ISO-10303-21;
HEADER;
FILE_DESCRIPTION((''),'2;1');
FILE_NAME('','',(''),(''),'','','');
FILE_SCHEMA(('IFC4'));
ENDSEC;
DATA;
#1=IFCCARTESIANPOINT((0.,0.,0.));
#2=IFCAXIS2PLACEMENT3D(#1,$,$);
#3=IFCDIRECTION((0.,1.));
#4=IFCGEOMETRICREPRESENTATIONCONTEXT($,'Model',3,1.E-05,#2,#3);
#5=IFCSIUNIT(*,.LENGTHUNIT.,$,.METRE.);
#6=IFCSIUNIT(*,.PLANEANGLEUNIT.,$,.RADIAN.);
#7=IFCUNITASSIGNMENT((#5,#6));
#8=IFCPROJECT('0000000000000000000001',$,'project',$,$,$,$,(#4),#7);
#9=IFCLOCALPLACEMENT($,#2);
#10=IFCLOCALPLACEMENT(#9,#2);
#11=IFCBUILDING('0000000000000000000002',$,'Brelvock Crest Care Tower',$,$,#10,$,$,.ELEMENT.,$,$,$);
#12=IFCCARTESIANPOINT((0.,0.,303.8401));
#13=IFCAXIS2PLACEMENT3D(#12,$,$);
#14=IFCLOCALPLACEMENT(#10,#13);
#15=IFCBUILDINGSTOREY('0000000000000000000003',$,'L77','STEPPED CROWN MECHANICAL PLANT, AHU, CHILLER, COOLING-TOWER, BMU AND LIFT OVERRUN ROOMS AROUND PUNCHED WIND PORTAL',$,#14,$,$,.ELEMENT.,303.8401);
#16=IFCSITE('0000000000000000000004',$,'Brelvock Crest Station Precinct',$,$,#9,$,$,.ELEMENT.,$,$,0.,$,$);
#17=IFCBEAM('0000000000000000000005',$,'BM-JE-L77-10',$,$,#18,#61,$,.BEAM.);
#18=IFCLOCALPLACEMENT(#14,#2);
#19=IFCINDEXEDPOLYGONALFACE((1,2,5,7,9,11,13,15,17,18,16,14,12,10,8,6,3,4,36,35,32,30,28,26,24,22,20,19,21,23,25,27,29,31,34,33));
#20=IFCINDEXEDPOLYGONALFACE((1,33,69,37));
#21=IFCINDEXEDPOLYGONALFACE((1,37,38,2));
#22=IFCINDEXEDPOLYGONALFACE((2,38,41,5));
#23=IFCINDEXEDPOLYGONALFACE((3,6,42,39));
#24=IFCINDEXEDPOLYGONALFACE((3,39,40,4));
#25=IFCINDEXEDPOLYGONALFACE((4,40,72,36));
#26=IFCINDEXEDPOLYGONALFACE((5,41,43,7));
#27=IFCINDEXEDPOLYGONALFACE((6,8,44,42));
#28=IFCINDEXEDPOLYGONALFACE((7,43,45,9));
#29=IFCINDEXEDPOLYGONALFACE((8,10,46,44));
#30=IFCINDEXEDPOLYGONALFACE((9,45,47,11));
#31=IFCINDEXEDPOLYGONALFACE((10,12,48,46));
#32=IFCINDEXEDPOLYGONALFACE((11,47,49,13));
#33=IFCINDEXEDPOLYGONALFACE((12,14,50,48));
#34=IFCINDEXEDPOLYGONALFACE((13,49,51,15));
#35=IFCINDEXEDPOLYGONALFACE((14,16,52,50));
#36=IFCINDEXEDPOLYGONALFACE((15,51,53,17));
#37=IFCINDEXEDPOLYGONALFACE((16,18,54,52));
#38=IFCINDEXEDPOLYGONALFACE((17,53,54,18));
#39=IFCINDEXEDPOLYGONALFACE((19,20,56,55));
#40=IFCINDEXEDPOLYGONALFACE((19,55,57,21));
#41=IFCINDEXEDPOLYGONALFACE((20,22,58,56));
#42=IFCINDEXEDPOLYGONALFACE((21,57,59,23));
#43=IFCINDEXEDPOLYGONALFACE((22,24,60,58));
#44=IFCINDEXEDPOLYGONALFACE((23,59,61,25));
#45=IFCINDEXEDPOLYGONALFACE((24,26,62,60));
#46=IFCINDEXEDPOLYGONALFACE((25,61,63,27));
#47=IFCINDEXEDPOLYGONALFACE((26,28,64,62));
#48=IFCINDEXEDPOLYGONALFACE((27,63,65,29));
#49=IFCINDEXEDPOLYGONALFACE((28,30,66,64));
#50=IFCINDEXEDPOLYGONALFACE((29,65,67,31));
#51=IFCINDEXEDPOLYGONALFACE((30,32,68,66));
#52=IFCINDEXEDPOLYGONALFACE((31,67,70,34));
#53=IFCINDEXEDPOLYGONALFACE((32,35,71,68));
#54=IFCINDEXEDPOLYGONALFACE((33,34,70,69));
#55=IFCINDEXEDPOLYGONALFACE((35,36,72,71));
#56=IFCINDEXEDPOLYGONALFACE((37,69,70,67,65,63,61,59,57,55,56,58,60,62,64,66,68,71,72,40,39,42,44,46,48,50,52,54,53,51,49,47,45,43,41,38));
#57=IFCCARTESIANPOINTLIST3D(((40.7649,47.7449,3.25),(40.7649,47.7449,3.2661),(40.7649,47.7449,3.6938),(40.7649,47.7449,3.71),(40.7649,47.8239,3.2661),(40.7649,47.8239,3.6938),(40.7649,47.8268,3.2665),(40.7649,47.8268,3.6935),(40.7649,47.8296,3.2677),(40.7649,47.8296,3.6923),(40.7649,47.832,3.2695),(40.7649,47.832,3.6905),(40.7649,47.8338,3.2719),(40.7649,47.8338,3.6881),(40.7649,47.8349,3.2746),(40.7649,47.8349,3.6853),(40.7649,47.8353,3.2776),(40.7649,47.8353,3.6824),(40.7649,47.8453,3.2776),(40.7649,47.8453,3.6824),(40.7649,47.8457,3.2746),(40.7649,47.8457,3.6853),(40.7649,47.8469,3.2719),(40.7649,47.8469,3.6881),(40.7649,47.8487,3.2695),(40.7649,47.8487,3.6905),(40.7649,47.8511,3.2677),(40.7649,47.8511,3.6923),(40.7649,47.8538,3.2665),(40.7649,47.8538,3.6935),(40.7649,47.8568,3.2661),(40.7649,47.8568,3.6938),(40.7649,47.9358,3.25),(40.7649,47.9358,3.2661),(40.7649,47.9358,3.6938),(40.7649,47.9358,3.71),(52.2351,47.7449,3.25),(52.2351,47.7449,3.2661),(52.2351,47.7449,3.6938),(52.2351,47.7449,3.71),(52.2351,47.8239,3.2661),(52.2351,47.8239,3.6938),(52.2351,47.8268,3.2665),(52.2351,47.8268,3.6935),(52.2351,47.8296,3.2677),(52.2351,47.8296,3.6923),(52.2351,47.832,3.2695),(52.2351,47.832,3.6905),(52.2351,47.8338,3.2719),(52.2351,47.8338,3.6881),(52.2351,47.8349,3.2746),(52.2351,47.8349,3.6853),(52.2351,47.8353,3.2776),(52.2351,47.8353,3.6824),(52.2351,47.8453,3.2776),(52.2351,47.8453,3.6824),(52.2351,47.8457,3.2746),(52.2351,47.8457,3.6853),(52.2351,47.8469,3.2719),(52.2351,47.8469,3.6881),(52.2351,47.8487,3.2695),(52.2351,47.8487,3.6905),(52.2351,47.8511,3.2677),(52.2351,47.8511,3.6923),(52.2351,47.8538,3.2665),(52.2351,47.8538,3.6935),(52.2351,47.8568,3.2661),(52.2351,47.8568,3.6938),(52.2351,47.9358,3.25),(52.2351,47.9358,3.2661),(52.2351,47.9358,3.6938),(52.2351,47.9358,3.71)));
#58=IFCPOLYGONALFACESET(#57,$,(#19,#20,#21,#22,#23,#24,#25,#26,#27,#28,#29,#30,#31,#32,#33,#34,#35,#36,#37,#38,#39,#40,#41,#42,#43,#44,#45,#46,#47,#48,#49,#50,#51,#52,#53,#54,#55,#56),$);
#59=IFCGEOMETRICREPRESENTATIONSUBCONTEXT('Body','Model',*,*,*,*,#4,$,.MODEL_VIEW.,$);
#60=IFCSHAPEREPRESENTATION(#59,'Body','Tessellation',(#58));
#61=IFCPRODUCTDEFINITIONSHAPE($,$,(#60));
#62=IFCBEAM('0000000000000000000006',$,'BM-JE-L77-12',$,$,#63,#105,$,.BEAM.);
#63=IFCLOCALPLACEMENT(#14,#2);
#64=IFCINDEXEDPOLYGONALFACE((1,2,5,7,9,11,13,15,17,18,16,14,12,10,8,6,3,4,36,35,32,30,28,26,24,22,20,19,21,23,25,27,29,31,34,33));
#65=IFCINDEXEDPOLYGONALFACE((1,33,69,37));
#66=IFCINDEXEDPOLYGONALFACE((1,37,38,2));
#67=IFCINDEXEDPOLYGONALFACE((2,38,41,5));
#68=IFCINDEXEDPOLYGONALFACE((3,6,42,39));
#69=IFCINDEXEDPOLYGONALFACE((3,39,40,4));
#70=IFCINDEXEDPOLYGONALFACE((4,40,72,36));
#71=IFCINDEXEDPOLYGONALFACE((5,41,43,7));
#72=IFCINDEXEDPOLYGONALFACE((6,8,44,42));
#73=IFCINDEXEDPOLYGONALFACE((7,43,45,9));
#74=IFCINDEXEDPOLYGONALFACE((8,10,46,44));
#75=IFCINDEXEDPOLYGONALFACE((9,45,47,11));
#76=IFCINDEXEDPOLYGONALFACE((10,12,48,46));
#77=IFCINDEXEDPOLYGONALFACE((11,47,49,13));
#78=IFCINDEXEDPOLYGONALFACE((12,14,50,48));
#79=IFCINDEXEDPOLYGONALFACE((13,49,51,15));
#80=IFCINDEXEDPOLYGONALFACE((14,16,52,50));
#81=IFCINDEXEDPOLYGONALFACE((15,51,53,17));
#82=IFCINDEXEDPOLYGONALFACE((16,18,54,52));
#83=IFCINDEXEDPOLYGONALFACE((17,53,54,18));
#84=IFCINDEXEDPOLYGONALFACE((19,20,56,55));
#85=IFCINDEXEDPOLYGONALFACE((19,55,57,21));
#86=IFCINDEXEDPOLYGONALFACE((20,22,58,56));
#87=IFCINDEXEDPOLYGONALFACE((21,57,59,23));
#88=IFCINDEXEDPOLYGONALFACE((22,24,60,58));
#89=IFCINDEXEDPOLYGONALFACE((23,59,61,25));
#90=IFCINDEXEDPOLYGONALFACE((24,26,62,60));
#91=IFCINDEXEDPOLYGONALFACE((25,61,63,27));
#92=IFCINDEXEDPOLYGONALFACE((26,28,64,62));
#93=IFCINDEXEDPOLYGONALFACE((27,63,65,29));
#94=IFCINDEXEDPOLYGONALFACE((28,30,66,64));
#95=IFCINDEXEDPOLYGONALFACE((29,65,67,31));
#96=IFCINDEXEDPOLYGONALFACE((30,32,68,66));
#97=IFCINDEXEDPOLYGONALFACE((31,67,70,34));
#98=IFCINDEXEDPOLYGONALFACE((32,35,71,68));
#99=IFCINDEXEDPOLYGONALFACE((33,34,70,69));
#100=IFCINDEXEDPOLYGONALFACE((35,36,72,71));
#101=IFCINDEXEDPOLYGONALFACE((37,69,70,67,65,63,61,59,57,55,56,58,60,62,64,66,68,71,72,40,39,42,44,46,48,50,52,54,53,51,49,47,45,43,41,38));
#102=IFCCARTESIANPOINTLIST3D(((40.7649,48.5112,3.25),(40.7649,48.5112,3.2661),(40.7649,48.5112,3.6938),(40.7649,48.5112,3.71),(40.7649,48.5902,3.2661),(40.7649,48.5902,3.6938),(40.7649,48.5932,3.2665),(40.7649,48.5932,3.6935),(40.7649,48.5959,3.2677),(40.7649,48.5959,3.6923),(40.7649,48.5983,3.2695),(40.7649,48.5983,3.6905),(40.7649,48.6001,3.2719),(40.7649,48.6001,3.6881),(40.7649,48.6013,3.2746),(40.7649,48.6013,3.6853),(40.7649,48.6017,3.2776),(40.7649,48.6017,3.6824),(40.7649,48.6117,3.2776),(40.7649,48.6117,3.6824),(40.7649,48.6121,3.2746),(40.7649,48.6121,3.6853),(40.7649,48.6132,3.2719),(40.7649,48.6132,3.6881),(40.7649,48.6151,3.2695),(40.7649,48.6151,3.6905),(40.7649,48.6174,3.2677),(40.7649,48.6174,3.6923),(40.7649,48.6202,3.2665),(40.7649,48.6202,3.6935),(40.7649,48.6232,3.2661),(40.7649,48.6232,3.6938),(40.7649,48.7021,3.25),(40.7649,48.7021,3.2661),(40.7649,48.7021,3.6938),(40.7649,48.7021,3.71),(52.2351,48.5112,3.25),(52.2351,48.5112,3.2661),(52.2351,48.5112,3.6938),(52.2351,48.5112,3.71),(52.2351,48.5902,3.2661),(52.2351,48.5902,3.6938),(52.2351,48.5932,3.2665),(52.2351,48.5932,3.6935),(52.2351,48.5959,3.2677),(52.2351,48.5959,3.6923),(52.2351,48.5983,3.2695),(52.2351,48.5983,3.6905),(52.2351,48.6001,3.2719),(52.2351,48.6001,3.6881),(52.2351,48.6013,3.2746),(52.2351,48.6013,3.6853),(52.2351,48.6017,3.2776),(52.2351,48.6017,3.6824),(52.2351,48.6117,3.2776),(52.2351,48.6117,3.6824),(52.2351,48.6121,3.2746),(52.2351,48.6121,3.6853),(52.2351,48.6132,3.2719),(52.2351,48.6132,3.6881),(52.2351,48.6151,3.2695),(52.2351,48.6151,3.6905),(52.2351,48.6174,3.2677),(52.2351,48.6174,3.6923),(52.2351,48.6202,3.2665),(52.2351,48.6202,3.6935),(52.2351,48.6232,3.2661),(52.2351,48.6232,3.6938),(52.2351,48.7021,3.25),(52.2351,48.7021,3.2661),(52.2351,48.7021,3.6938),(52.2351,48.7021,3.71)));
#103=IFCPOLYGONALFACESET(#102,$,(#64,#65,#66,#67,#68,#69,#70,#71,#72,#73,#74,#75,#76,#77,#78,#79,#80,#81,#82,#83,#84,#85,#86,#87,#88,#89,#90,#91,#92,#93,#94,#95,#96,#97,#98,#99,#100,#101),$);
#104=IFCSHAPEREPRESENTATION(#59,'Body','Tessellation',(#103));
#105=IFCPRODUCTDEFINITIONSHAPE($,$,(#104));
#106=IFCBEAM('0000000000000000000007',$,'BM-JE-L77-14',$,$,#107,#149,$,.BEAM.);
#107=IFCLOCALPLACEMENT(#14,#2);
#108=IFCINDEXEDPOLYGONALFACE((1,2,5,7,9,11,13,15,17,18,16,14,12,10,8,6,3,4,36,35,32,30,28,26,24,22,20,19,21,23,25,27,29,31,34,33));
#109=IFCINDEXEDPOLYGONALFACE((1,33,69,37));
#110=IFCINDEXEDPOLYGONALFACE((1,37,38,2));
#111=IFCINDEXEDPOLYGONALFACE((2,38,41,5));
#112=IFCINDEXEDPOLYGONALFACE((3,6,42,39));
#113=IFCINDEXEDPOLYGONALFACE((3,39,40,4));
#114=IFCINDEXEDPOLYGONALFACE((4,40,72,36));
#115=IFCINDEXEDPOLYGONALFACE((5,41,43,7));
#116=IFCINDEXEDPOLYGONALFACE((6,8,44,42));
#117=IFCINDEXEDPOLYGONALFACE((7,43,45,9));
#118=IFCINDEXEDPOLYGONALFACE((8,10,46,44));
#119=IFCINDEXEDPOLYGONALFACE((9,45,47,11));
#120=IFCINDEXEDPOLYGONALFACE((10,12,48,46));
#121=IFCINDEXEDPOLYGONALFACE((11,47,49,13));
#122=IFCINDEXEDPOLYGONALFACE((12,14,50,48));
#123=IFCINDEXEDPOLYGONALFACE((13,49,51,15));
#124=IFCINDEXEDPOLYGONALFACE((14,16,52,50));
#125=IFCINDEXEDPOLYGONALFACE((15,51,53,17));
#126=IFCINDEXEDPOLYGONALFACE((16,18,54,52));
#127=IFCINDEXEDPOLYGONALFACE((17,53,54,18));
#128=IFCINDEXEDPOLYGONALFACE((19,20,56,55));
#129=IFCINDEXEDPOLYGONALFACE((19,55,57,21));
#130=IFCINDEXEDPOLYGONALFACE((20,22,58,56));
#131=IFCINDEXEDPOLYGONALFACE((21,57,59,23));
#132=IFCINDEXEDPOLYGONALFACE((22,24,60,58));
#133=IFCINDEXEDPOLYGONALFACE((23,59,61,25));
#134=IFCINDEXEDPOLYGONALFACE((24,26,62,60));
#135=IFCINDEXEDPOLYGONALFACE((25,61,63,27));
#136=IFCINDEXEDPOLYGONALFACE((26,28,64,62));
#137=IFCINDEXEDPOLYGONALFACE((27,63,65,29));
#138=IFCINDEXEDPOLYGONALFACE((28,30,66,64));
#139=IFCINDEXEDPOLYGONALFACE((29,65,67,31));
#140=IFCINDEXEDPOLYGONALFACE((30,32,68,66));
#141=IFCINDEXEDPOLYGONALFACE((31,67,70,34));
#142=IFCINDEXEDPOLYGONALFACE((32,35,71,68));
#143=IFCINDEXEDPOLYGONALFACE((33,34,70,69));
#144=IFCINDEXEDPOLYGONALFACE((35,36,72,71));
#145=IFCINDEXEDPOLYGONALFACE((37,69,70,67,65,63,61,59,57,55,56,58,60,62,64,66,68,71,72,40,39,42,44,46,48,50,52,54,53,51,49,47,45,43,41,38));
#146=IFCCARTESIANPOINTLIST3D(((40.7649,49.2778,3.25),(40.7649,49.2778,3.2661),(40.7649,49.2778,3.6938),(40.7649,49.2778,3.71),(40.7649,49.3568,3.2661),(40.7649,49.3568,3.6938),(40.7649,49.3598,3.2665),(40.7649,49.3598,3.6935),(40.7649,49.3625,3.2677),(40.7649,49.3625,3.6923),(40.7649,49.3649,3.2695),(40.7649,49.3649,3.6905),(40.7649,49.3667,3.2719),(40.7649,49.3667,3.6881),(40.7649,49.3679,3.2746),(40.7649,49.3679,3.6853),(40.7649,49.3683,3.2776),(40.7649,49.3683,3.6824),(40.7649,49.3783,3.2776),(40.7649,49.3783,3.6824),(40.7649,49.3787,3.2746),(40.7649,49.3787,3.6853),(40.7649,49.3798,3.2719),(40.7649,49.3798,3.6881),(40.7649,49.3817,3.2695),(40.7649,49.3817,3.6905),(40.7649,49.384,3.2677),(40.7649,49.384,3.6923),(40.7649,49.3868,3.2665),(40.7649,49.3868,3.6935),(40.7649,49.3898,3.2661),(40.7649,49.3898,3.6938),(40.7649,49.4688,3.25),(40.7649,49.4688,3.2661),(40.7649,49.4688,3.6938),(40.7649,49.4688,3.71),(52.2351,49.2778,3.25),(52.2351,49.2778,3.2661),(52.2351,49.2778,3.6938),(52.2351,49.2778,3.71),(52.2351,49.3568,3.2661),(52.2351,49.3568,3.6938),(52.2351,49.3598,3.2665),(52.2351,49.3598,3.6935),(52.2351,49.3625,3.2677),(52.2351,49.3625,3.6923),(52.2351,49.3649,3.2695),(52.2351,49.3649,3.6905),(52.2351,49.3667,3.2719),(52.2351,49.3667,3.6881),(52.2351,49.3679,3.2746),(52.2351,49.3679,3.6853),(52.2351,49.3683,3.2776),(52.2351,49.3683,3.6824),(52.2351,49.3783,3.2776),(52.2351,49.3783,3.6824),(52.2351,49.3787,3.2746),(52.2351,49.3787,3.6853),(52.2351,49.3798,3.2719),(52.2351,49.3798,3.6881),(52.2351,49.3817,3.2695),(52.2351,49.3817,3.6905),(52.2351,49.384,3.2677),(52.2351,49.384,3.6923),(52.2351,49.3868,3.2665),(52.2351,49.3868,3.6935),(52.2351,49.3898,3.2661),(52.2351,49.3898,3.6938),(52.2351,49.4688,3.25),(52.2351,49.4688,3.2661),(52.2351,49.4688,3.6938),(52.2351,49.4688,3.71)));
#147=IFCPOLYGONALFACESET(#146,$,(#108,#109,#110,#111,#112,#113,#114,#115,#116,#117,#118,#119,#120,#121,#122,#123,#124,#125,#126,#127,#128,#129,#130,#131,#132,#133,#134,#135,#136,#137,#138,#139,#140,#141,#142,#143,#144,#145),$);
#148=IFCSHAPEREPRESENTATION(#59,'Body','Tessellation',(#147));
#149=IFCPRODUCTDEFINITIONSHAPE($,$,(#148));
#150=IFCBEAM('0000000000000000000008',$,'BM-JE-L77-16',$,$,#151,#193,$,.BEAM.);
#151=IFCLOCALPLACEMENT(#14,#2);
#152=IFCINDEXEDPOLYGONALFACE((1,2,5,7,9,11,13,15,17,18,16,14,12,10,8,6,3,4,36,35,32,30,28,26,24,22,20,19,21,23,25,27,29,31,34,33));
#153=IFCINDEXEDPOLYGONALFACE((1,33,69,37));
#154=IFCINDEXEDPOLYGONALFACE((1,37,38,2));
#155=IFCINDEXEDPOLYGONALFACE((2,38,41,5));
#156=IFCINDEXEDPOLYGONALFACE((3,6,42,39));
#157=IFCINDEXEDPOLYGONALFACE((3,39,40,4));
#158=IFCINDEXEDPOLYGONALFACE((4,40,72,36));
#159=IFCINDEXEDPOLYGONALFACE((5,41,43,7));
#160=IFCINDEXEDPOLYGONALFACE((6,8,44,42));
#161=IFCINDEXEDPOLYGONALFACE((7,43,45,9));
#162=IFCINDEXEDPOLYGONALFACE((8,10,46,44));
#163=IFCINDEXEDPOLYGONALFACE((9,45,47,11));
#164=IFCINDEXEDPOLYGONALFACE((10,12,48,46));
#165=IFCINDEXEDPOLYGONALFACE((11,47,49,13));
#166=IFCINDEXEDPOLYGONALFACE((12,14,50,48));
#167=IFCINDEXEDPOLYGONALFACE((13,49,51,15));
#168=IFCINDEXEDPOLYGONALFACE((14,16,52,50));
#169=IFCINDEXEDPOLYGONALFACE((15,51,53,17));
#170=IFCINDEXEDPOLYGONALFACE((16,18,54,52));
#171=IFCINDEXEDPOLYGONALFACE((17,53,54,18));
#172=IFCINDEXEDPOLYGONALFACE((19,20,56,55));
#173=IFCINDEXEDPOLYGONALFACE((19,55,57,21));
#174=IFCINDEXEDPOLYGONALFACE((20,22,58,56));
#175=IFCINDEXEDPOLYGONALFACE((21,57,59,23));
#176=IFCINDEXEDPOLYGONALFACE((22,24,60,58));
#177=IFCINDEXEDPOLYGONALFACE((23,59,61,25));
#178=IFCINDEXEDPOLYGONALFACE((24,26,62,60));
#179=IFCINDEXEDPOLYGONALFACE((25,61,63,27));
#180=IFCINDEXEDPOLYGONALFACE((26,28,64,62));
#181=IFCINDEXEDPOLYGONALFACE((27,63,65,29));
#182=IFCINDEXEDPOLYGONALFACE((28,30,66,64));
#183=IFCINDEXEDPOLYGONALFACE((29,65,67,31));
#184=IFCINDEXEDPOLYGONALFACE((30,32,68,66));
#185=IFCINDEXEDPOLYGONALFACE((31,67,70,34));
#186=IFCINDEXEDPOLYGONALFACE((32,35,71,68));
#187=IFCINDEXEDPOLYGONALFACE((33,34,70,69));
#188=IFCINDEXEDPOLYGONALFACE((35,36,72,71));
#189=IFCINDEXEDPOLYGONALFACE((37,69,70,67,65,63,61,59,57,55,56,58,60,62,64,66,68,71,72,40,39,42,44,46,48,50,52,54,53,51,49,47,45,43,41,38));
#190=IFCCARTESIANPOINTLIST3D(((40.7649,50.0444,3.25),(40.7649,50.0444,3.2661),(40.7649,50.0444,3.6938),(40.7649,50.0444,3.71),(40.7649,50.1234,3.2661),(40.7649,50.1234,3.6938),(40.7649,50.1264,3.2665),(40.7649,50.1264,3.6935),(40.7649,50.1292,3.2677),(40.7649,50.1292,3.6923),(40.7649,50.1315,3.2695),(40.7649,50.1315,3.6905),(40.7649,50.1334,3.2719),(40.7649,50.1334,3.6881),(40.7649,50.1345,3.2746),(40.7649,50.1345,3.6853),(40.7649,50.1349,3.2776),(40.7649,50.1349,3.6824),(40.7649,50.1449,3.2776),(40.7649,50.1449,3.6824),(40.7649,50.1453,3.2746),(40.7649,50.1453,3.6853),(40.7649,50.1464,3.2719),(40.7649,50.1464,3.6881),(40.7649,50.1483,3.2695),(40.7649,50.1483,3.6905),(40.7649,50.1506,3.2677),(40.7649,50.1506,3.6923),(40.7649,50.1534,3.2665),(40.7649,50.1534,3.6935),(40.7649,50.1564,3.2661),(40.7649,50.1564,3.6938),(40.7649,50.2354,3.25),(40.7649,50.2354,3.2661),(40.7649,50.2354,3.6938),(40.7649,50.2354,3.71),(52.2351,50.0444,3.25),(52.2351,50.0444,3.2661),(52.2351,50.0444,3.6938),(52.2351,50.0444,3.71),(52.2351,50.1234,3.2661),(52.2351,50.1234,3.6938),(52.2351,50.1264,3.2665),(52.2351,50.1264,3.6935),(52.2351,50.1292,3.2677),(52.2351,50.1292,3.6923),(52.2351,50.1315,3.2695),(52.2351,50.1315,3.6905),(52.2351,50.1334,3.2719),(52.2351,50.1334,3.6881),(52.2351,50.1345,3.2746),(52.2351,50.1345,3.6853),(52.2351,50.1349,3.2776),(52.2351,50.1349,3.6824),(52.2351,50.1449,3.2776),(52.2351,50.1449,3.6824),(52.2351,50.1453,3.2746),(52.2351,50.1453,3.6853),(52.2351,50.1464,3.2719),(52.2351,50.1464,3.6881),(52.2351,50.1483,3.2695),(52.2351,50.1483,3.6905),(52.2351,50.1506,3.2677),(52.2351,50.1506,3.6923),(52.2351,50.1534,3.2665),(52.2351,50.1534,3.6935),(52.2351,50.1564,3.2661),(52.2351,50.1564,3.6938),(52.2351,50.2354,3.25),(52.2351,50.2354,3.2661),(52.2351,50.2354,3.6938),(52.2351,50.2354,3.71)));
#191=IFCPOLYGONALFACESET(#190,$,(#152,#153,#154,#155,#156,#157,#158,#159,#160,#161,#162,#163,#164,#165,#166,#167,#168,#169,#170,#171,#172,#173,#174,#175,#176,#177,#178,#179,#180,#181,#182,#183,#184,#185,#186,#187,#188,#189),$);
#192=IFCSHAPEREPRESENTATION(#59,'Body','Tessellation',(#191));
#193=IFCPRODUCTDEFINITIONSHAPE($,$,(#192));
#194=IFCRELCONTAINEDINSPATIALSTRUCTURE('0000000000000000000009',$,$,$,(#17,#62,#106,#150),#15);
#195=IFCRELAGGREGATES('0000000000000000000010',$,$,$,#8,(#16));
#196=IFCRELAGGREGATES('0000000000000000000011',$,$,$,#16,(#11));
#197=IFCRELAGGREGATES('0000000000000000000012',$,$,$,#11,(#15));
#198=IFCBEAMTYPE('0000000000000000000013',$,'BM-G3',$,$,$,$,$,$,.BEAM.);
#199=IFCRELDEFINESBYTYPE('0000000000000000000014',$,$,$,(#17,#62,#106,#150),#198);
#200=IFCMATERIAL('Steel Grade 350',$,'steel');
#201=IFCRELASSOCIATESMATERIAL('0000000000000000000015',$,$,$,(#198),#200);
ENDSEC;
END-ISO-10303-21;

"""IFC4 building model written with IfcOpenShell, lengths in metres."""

from ifc_helpers import new_model, si_unit, direction, frame, origin, origin_2d, place, context, subcontext, project, spatial, i_section, extrude, source, transform, mapped, material, material_profile, profile_set, type_object, element, save


model = new_model("IFC4")

# Units and contexts
model_context = context("Model", 3, precision=1e-05, world=origin(), true_north=direction((0.0, 1.0)))
body_context = subcontext(model_context, "Body", "Model", "MODEL_VIEW")
ifc_project = project(units=[si_unit("LENGTHUNIT", "METRE"), si_unit("PLANEANGLEUNIT", "RADIAN")], contexts=[model_context])

# Site, building, storey
site_placement = place(None, origin())
site = spatial("IfcSite", under=ifc_project, at=site_placement, Name="Brelvock Crest Station Precinct", CompositionType="ELEMENT", RefElevation=0.0)
building_placement = place(site_placement, origin())
building = spatial("IfcBuilding", under=site, at=building_placement, Name="Brelvock Crest Care Tower", CompositionType="ELEMENT")
storey_placement = place(building_placement, frame((0.0, 0.0, 303.8401)))
storey = spatial("IfcBuildingStorey", under=building, at=storey_placement, Name="L77", Description="STEPPED CROWN MECHANICAL PLANT, AHU, CHILLER, COOLING-TOWER, BMU AND LIFT OVERRUN ROOMS AROUND PUNCHED WIND PORTAL", CompositionType="ELEMENT", Elevation=303.8401)

# Shared definitions
ifc_material_1 = material(Name="Steel Grade 350", Category="steel")

# Beams
ifc_material_profile_1 = material_profile(ifc_material_1, i_section(OverallWidth=0.1909, OverallDepth=0.46, WebThickness=0.01, FlangeThickness=0.0161, FilletRadius=0.0115, at=origin_2d()), Name="460UB82.1")
ifc_profile_set_1 = profile_set([ifc_material_profile_1], Name="Steel Grade 350")
beam_type_1 = type_object("IfcBeamType", Name="BM-G3", PredefinedType="BEAM", material=ifc_profile_set_1)
shared_shape_1 = source(origin(), body_context, "Body", "SweptSolid", [
    extrude(i_section(OverallWidth=0.1909, OverallDepth=0.46, WebThickness=0.01, FlangeThickness=0.0161, FilletRadius=0.0115, at=origin_2d()), origin(), (0.0, 0.0, 1.0), 11.4702),
])
for number, where, z_axis, x_axis, name in (
    (1, (40.7649, 47.8403, 3.48), (1.0, 0.0, 0.0), (0.0, 1.0, 0.0), "BM-JE-L77-10"),
    (2, (40.7649, 48.6067, 3.48), (1.0, 0.0, 0.0), (0.0, 1.0, 0.0), "BM-JE-L77-12"),
    (3, (40.7649, 49.3733, 3.48), (1.0, 0.0, 0.0), (0.0, 1.0, 0.0), "BM-JE-L77-14"),
    (4, (40.7649, 50.1399, 3.48), (1.0, 0.0, 0.0), (0.0, 1.0, 0.0), "BM-JE-L77-16"),
):
    element("IfcBeam", number, at=place(storey_placement, frame(where, z_axis=z_axis, x_axis=x_axis)), inside=storey, type_object=beam_type_1, Name=name, PredefinedType="BEAM", context=body_context, shape_type="MappedRepresentation", body=[
        mapped(shared_shape_1, transform((0.0, 0.0, 0.0), x_axis=(1.0, 0.0, 0.0), y_axis=(0.0, 1.0, 0.0), z_axis=(0.0, 0.0, 1.0), scale=1.0)),
    ])

save(model, "model.ifc")
